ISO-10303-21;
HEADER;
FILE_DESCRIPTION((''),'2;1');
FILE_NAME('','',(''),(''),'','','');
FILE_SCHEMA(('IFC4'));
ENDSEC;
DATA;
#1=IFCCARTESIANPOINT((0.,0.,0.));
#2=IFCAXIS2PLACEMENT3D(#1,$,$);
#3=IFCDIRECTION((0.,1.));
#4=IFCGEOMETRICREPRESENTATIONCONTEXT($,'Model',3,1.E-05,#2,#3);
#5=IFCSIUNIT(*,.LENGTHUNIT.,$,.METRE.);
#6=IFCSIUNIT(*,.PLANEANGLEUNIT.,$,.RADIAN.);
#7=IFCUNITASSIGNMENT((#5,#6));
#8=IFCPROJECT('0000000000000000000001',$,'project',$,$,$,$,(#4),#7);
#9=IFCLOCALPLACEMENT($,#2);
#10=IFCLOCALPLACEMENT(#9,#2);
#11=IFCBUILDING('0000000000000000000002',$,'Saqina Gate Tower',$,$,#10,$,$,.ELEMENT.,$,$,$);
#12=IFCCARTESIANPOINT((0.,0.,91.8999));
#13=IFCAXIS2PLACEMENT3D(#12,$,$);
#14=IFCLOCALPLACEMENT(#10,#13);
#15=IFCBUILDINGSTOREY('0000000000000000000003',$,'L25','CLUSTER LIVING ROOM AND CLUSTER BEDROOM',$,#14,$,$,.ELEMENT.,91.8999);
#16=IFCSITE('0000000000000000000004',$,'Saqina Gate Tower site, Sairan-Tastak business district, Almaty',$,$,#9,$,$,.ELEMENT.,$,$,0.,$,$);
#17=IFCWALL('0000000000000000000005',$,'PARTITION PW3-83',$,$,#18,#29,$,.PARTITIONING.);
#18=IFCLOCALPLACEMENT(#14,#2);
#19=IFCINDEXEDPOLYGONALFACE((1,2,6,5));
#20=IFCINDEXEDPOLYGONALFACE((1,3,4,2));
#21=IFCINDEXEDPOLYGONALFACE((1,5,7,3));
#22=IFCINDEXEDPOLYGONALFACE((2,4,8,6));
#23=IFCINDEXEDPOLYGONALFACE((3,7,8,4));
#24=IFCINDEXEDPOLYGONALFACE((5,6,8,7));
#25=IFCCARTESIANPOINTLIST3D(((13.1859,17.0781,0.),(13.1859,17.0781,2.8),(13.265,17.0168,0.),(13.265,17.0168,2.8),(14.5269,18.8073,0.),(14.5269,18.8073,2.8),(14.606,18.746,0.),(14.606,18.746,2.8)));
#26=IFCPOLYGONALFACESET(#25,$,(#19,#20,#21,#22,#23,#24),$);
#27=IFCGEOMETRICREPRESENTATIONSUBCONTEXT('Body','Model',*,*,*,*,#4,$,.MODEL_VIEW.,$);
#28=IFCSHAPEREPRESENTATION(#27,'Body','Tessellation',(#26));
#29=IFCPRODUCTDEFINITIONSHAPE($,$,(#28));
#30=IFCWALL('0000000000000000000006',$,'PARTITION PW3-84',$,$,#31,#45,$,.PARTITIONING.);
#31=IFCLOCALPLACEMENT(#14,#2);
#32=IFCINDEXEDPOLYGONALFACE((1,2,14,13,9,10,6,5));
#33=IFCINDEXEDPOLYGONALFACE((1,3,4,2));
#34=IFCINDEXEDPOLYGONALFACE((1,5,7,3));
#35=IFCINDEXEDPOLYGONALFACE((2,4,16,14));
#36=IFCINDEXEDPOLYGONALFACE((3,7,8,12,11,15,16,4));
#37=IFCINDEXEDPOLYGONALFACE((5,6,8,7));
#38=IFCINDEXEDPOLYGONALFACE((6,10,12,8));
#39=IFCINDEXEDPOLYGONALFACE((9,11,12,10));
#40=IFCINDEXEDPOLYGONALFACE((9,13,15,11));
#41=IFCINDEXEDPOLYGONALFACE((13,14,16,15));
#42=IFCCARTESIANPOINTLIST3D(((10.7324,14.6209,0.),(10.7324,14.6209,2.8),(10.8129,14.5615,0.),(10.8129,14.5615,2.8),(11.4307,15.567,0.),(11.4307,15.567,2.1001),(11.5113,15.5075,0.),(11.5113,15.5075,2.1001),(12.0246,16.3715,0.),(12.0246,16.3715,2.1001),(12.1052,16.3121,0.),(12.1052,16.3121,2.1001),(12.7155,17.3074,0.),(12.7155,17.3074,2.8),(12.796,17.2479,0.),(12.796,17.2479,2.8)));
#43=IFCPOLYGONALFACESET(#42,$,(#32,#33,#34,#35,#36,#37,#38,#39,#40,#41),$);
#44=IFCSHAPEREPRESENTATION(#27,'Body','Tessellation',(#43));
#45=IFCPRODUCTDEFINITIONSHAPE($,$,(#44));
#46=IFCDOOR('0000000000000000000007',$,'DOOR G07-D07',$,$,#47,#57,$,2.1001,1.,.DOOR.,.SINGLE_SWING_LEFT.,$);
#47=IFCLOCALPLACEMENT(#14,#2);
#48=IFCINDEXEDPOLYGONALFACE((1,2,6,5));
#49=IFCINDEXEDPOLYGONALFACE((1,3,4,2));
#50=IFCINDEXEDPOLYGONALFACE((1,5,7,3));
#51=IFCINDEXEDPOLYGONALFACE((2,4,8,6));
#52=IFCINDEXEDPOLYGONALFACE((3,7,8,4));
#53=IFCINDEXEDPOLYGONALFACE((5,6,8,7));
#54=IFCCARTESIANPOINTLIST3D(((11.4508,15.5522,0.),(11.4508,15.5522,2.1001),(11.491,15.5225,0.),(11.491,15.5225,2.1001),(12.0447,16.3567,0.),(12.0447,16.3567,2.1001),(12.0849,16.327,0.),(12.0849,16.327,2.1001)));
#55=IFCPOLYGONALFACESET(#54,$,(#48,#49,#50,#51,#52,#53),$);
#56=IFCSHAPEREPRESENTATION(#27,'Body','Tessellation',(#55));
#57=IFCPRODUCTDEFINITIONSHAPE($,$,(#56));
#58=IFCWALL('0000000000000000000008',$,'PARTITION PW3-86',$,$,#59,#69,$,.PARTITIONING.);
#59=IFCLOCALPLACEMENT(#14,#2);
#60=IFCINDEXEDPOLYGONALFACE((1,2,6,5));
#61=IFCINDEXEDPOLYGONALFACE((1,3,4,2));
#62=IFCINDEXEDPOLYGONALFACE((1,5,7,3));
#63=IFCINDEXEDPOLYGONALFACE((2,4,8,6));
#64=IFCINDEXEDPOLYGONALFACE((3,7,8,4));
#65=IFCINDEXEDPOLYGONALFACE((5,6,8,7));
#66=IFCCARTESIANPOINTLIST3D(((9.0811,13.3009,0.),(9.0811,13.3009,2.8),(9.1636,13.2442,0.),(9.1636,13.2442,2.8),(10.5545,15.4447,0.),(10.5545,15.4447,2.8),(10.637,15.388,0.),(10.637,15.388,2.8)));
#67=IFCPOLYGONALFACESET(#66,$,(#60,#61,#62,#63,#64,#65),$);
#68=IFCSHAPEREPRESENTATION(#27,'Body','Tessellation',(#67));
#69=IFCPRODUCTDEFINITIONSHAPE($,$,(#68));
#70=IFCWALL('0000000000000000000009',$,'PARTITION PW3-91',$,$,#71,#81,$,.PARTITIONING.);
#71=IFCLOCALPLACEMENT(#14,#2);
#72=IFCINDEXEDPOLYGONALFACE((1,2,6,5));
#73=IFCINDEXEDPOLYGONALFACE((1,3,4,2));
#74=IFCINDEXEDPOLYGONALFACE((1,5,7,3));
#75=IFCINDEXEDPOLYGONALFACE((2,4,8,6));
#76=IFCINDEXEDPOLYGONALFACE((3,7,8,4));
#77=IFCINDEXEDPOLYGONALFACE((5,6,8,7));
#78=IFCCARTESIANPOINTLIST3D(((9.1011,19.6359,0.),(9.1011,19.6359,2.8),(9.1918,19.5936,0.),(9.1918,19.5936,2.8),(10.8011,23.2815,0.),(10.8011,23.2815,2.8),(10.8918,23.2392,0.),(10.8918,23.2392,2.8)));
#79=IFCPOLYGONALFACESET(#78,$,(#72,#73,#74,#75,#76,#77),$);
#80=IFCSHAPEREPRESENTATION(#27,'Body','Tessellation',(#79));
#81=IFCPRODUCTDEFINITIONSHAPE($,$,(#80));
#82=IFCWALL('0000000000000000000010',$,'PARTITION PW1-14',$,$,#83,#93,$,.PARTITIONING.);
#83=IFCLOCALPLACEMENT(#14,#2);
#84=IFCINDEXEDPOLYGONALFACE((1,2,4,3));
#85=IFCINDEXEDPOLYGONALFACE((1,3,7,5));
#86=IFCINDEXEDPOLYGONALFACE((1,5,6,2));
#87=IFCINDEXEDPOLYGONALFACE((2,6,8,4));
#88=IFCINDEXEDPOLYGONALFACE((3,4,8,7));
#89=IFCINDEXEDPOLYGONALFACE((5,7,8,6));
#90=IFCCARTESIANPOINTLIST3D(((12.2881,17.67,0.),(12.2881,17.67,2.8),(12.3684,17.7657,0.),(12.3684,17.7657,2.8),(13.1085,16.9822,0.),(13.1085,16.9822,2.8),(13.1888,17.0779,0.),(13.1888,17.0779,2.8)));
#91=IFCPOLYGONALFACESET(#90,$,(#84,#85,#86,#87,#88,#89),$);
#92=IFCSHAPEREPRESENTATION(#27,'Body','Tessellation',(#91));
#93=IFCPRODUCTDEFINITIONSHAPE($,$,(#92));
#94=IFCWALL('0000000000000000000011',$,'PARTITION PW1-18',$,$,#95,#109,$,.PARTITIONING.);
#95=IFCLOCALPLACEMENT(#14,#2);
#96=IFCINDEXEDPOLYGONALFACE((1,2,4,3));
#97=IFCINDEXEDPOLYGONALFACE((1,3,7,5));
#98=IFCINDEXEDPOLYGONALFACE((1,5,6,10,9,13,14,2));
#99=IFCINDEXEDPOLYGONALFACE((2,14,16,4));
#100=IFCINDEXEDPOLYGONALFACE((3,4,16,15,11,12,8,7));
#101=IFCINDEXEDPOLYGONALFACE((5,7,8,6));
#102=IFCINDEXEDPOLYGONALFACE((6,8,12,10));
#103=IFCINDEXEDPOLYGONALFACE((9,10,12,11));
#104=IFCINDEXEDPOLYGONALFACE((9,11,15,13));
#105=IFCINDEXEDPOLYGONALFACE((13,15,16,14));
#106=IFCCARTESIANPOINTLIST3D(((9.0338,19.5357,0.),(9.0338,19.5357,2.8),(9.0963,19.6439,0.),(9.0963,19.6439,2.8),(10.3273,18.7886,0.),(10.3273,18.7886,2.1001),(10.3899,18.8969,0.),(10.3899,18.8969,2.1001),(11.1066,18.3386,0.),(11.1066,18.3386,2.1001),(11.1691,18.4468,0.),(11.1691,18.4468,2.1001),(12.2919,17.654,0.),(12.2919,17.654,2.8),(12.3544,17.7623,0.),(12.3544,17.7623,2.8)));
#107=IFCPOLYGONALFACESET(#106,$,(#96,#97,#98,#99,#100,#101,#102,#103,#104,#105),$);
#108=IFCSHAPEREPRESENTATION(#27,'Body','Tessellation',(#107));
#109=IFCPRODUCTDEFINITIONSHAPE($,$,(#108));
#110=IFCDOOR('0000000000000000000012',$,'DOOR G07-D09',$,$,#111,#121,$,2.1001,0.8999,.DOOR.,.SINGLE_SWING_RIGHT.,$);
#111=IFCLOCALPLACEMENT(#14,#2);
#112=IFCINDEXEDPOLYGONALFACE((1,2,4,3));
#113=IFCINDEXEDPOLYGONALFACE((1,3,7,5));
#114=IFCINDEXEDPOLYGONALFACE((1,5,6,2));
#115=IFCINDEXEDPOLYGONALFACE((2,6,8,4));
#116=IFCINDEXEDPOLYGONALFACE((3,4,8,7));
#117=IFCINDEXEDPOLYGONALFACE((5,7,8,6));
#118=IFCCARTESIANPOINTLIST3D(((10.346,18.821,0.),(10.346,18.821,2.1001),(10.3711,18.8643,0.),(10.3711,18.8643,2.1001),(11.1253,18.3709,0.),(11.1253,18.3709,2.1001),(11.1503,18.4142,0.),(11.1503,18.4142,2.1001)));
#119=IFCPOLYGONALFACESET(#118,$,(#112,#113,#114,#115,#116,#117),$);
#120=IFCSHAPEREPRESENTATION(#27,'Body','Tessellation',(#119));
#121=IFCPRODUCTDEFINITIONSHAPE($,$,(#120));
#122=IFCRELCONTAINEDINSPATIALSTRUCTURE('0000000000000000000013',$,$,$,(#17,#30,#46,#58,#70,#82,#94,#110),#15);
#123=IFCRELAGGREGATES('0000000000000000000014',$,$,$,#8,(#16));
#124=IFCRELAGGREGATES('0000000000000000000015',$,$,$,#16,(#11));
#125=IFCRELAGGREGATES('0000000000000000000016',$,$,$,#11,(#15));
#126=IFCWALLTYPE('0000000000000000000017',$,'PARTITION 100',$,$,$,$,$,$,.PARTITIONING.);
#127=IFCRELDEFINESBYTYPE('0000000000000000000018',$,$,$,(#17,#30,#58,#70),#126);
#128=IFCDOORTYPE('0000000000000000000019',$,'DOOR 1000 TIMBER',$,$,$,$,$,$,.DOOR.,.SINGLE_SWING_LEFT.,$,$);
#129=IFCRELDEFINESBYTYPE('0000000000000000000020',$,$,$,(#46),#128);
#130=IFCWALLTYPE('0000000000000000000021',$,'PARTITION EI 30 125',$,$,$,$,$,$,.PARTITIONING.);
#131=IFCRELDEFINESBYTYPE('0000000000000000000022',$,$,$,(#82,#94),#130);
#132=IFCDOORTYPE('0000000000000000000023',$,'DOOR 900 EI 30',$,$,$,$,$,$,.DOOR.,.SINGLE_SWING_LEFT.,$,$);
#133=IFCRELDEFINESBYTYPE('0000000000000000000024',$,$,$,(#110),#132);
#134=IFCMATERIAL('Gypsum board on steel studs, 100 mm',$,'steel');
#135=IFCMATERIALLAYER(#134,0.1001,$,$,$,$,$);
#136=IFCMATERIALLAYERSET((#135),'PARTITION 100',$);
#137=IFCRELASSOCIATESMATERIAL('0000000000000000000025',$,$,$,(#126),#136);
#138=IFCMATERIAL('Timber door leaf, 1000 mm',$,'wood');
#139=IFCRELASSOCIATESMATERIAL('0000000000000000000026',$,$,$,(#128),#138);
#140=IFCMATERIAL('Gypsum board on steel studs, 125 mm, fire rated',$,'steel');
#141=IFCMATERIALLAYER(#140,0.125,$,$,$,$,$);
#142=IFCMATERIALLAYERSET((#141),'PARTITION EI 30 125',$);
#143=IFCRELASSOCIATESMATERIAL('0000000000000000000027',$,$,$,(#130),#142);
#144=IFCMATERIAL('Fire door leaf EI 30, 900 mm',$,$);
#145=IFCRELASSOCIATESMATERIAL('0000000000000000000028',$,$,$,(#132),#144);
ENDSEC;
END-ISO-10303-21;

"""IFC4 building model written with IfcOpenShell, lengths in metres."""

from ifc_helpers import new_model, si_unit, direction, frame, frame_2d, origin, place, context, subcontext, project, spatial, rectangle, extrude, material, layer, layer_set, type_object, element, fill, save


model = new_model("IFC4")

# Units and contexts
model_context = context("Model", 3, precision=1e-05, world=origin(), true_north=direction((0.0, 1.0)))
body_context = subcontext(model_context, "Body", "Model", "MODEL_VIEW")
ifc_project = project(units=[si_unit("LENGTHUNIT", "METRE"), si_unit("PLANEANGLEUNIT", "RADIAN")], contexts=[model_context])

# Site, building, storey
site_placement = place(None, origin())
site = spatial("IfcSite", under=ifc_project, at=site_placement, Name="Saqina Gate Tower site, Sairan-Tastak business district, Almaty", CompositionType="ELEMENT", RefElevation=0.0)
building_placement = place(site_placement, origin())
building = spatial("IfcBuilding", under=site, at=building_placement, Name="Saqina Gate Tower", CompositionType="ELEMENT")
storey_placement = place(building_placement, frame((0.0, 0.0, 91.8999)))
storey = spatial("IfcBuildingStorey", under=building, at=storey_placement, Name="L25", Description="CLUSTER LIVING ROOM AND CLUSTER BEDROOM", CompositionType="ELEMENT", Elevation=91.8999)

# Shared definitions
ifc_material_1 = material(Name="Gypsum board on steel studs, 100 mm", Category="steel")
ifc_layer_1 = layer(ifc_material_1, 0.1001)
ifc_layer_set_1 = layer_set([ifc_layer_1], Name="PARTITION 100")
wall_type_1 = type_object("IfcWallType", Name="PARTITION 100", PredefinedType="PARTITIONING", material=ifc_layer_set_1)

# Wall
wall_1_placement = place(storey_placement, frame((13.2253, 17.0474, 0.0), z_axis=(0.0, 0.0, 1.0), x_axis=(0.612828, 0.790216, 0.0)))
element("IfcWall", 1, at=wall_1_placement, inside=storey, type_object=wall_type_1, Name="PARTITION PW3-83", PredefinedType="PARTITIONING", context=body_context, shape_type="SweptSolid", body=[
    extrude(rectangle(XDim=2.1882, YDim=0.1001, at=frame_2d((1.0942, 0.0))), origin(), (0.0, 0.0, 1.0), 2.8),
])

# Wall, opening, door
wall_2_placement = place(storey_placement, frame((10.7727, 14.5913, 0.0), z_axis=(0.0, 0.0, 1.0), x_axis=(0.5939, 0.804539, 0.0)))
wall_2 = element("IfcWall", 2, at=wall_2_placement, inside=storey, type_object=wall_type_1, Name="PARTITION PW3-84", PredefinedType="PARTITIONING", context=body_context, shape_type="SweptSolid", body=[
    extrude(rectangle(XDim=3.3391, YDim=0.1001, at=frame_2d((1.6694, 0.0))), origin(), (0.0, 0.0, 1.0), 2.8),
])
opening_1_placement = place(wall_2_placement, frame((1.1758, 0.0, 0.0)))
opening_1 = element("IfcOpeningElement", 3, at=opening_1_placement, cuts=wall_2, PredefinedType="OPENING", context=body_context, shape_type="SweptSolid", body=[
    extrude(rectangle(XDim=1.0, YDim=2.1001, at=frame_2d((0.5, 1.05))), frame((0.0, 0.062, 0.0), z_axis=(0.0, -1.0, 0.0), x_axis=(1.0, 0.0, 0.0)), (0.0, 0.0, 1.0), 0.124),
])
ifc_material_2 = material(Name="Timber door leaf, 1000 mm", Category="wood")
door_type_1 = type_object("IfcDoorType", Name="DOOR 1000 TIMBER", OperationType="SINGLE_SWING_LEFT", PredefinedType="DOOR", material=ifc_material_2)
door_1_placement = place(opening_1_placement, frame((1.0, 0.0, 0.0), z_axis=(0.0, 0.0, 1.0), x_axis=(-1.0, 0.0, 0.0)))
door_1 = element("IfcDoor", 4, at=door_1_placement, inside=storey, type_object=door_type_1, Name="DOOR G07-D07", OperationType="SINGLE_SWING_LEFT", OverallHeight=2.1001, OverallWidth=1.0, PredefinedType="DOOR", context=body_context, shape_type="SweptSolid", body=[
    extrude(rectangle(XDim=1.0, YDim=2.1001, at=frame_2d((0.5, 1.05))), frame((0.0, 0.0249, 0.0), z_axis=(0.0, -1.0, 0.0), x_axis=(1.0, 0.0, 0.0)), (0.0, 0.0, 1.0), 0.05),
])
fill(opening_1, door_1)

# Walls
wall_3_placement = place(storey_placement, frame((9.1223, 13.2725, 0.0), z_axis=(0.0, 0.0, 1.0), x_axis=(0.566405, 0.824127, 0.0)))
element("IfcWall", 5, at=wall_3_placement, inside=storey, type_object=wall_type_1, Name="PARTITION PW3-86", PredefinedType="PARTITIONING", context=body_context, shape_type="SweptSolid", body=[
    extrude(rectangle(XDim=2.6013, YDim=0.1001, at=frame_2d((1.3008, 0.0))), origin(), (0.0, 0.0, 1.0), 2.8),
])
wall_4_placement = place(storey_placement, frame((9.1465, 19.6147, 0.0), z_axis=(0.0, 0.0, 1.0), x_axis=(0.422623, 0.906306, 0.0)))
element("IfcWall", 6, at=wall_4_placement, inside=storey, type_object=wall_type_1, Name="PARTITION PW3-91", PredefinedType="PARTITIONING", context=body_context, shape_type="SweptSolid", body=[
    extrude(rectangle(XDim=4.0225, YDim=0.1001, at=frame_2d((2.0112, 0.0))), origin(), (0.0, 0.0, 1.0), 2.8),
])
ifc_material_3 = material(Name="Gypsum board on steel studs, 125 mm, fire rated", Category="steel")
ifc_layer_2 = layer(ifc_material_3, 0.125)
ifc_layer_set_2 = layer_set([ifc_layer_2], Name="PARTITION EI 30 125")
wall_type_2 = type_object("IfcWallType", Name="PARTITION EI 30 125", PredefinedType="PARTITIONING", material=ifc_layer_set_2)
wall_5_placement = place(storey_placement, frame((12.3284, 17.7178, 0.0), z_axis=(0.0, 0.0, 1.0), x_axis=(0.766311, -0.64247, 0.0)))
element("IfcWall", 7, at=wall_5_placement, inside=storey, type_object=wall_type_2, Name="PARTITION PW1-14", PredefinedType="PARTITIONING", context=body_context, shape_type="SweptSolid", body=[
    extrude(rectangle(XDim=1.0706, YDim=0.125, at=frame_2d((0.5352, 0.0))), origin(), (0.0, 0.0, 1.0), 2.8),
])

# Wall, opening, door
wall_6_placement = place(storey_placement, frame((9.0649, 19.5898, 0.0), z_axis=(0.0, 0.0, 1.0), x_axis=(0.865962, -0.50011, 0.0)))
wall_6 = element("IfcWall", 8, at=wall_6_placement, inside=storey, type_object=wall_type_2, Name="PARTITION PW1-18", PredefinedType="PARTITIONING", context=body_context, shape_type="SweptSolid", body=[
    extrude(rectangle(XDim=3.7625, YDim=0.125, at=frame_2d((1.8813, 0.0))), origin(), (0.0, 0.0, 1.0), 2.8),
])
opening_2_placement = place(wall_6_placement, frame((1.4939, 0.0, 0.0)))
opening_2 = element("IfcOpeningElement", 9, at=opening_2_placement, cuts=wall_6, PredefinedType="OPENING", context=body_context, shape_type="SweptSolid", body=[
    extrude(rectangle(XDim=0.8999, YDim=2.1001, at=frame_2d((0.45, 1.05))), frame((0.0, 0.0745, 0.0), z_axis=(0.0, -1.0, 0.0), x_axis=(1.0, 0.0, 0.0)), (0.0, 0.0, 1.0), 0.1489),
])
ifc_material_4 = material(Name="Fire door leaf EI 30, 900 mm")
door_type_2 = type_object("IfcDoorType", Name="DOOR 900 EI 30", OperationType="SINGLE_SWING_LEFT", PredefinedType="DOOR", material=ifc_material_4)
door_2_placement = place(opening_2_placement, origin())
door_2 = element("IfcDoor", 10, at=door_2_placement, inside=storey, type_object=door_type_2, Name="DOOR G07-D09", OperationType="SINGLE_SWING_RIGHT", OverallHeight=2.1001, OverallWidth=0.8999, PredefinedType="DOOR", context=body_context, shape_type="SweptSolid", body=[
    extrude(rectangle(XDim=0.8999, YDim=2.1001, at=frame_2d((0.45, 1.05))), frame((0.0, 0.0249, 0.0), z_axis=(0.0, -1.0, 0.0), x_axis=(1.0, 0.0, 0.0)), (0.0, 0.0, 1.0), 0.05),
])
fill(opening_2, door_2)

save(model, "model.ifc")
